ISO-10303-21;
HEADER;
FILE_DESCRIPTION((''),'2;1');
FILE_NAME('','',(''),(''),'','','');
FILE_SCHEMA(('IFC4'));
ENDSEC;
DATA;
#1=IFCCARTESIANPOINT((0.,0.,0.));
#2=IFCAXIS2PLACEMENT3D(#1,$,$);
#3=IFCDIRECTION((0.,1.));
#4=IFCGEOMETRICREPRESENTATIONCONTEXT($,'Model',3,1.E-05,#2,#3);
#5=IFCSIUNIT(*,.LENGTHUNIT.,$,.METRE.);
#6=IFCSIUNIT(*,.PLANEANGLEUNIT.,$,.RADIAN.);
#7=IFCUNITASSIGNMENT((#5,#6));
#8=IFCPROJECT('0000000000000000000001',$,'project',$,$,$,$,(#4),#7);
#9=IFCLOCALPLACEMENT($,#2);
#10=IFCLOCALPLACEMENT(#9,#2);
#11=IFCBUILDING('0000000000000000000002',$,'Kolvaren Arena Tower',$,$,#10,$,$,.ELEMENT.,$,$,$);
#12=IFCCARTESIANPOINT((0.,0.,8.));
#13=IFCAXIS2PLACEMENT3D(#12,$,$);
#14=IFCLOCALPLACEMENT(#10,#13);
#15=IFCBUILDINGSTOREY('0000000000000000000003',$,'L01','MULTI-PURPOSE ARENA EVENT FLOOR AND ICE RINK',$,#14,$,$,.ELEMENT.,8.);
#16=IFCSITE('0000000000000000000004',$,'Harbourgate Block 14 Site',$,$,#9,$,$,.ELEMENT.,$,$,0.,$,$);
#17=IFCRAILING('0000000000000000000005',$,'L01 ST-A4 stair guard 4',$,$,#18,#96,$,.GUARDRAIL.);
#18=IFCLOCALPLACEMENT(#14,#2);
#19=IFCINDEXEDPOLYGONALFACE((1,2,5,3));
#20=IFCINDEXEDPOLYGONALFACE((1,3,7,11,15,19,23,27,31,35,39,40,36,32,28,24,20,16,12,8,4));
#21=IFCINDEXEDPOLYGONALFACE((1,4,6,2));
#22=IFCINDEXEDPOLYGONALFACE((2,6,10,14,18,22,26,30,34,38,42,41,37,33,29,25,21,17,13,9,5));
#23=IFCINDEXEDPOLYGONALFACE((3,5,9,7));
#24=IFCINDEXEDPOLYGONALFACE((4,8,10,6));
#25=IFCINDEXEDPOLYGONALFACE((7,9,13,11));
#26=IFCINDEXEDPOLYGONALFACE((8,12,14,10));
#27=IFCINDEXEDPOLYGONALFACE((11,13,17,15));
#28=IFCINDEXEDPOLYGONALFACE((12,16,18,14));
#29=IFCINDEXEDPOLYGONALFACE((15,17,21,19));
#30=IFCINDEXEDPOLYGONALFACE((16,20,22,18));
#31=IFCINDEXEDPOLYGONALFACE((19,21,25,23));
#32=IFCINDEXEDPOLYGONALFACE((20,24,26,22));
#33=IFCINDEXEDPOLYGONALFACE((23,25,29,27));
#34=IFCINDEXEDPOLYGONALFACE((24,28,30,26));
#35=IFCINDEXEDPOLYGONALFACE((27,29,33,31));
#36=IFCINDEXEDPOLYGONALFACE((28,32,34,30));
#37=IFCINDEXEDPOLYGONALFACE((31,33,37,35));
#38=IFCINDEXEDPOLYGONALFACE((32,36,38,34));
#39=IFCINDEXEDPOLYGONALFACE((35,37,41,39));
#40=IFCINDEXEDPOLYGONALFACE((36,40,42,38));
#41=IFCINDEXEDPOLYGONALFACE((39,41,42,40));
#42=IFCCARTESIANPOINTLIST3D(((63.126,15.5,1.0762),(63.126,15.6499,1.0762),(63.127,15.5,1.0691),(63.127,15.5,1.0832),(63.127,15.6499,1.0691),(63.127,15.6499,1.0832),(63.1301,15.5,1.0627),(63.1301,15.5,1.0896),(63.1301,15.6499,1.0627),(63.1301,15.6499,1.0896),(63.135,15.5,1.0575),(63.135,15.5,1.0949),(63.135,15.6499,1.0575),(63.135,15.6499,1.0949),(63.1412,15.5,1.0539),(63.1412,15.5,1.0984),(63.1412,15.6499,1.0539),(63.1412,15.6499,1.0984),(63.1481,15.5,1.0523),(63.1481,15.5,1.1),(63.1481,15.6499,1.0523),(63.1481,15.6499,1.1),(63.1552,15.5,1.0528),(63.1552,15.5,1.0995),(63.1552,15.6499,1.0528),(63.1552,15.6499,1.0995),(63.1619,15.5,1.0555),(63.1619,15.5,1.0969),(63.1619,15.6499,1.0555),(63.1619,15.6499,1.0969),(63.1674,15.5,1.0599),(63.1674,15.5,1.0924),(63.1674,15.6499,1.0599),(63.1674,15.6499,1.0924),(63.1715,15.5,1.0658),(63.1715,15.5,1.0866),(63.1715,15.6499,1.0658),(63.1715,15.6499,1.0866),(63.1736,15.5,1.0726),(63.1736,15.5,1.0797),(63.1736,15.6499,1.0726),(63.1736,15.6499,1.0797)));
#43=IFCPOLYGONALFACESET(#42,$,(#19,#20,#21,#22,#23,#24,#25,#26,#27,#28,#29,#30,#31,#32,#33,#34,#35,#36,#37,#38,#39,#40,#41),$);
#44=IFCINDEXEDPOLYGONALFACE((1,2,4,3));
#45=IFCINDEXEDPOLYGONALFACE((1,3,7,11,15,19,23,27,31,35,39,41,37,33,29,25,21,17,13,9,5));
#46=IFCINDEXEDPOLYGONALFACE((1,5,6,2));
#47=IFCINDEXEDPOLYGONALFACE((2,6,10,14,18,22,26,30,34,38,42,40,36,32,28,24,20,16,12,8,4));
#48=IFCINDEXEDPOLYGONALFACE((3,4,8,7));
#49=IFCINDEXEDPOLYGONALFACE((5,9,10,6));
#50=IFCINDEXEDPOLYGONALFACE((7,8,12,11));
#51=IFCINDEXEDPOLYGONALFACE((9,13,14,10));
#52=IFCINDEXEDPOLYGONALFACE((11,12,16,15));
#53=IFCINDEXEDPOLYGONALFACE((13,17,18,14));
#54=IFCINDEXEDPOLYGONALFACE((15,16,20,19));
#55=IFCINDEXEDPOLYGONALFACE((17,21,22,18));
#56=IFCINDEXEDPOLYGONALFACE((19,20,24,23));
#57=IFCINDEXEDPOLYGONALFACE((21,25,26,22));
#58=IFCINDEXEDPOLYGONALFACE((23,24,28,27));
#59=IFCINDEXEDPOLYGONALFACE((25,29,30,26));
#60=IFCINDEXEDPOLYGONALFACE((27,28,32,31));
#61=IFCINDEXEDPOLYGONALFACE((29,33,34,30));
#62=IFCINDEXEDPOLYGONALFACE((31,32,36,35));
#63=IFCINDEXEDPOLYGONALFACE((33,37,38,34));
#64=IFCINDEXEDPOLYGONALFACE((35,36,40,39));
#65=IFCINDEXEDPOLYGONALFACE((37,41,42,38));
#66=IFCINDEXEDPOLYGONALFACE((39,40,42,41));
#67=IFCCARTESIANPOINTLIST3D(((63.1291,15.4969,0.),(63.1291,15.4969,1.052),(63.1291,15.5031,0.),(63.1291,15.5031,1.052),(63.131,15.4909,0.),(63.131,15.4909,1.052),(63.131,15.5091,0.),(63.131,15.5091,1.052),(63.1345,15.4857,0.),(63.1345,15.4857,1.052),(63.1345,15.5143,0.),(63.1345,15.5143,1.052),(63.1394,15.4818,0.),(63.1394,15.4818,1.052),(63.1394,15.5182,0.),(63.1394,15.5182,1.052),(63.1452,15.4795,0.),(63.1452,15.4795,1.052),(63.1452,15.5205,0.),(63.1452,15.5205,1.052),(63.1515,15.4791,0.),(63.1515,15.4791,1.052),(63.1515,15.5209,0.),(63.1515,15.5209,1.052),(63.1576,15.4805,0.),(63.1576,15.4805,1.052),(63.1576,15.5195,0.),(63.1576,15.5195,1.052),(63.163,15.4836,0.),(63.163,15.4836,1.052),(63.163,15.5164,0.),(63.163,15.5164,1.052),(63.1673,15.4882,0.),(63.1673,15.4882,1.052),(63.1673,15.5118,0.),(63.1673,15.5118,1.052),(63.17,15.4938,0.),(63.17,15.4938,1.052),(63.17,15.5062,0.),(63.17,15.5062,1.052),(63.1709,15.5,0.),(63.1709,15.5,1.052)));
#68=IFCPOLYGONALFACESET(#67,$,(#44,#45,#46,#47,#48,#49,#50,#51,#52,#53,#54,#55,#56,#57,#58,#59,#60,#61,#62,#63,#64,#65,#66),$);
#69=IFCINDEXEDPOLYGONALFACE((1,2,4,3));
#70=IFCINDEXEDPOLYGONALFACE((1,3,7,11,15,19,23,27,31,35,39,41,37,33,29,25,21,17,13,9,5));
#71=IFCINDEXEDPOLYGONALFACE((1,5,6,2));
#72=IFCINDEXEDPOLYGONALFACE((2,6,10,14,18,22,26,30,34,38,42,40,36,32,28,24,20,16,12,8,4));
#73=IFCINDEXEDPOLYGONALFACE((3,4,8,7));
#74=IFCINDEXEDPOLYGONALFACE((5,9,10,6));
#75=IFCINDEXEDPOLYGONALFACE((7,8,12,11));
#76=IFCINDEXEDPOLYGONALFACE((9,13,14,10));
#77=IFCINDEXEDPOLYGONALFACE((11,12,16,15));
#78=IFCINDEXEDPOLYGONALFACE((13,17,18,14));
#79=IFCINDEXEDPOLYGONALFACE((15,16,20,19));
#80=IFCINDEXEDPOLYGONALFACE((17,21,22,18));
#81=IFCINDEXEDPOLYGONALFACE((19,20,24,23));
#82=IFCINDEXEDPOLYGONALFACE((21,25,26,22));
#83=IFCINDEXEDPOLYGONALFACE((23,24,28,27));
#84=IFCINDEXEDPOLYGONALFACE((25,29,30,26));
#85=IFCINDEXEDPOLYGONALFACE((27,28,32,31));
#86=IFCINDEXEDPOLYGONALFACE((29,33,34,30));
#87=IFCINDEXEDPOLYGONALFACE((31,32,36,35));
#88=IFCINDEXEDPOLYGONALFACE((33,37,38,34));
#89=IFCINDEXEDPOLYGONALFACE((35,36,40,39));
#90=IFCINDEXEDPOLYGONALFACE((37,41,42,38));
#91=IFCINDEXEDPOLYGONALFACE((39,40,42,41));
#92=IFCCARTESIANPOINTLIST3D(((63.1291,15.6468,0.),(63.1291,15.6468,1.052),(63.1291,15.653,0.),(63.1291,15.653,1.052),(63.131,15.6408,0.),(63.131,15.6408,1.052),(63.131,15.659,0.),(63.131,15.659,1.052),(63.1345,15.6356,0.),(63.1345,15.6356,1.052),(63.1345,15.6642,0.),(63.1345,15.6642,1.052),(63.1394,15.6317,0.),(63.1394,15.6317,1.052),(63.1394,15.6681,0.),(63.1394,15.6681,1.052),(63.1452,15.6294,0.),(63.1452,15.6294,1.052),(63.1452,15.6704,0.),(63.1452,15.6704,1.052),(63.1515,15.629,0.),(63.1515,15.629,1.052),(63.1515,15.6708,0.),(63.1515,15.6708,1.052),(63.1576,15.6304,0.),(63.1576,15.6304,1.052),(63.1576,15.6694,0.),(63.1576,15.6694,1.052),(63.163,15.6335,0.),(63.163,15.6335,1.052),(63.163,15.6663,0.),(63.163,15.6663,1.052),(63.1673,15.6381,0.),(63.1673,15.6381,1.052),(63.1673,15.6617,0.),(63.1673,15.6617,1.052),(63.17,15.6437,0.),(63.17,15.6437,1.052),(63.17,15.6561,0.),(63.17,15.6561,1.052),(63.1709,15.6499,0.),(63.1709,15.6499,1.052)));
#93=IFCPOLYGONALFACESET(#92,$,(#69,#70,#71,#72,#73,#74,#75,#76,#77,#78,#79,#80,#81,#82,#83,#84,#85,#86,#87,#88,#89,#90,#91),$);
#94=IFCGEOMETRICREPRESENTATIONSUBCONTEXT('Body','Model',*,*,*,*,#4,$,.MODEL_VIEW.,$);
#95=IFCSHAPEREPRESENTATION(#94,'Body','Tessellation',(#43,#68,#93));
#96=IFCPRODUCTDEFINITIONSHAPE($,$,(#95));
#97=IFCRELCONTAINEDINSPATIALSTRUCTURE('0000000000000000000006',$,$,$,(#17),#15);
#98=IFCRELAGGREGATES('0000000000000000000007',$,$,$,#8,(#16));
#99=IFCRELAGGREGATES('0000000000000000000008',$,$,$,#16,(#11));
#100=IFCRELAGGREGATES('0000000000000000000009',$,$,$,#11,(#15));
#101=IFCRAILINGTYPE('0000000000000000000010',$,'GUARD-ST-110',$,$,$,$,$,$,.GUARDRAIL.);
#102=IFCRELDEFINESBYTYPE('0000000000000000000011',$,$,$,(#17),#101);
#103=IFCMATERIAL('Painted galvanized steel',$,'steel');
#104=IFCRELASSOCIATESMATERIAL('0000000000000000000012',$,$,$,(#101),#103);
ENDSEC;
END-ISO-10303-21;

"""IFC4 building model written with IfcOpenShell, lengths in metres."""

from ifc_helpers import new_model, si_unit, direction, frame, origin, origin_2d, place, context, subcontext, project, spatial, circle, extrude, material, type_object, element, save


model = new_model("IFC4")

# Units and contexts
model_context = context("Model", 3, precision=1e-05, world=origin(), true_north=direction((0.0, 1.0)))
body_context = subcontext(model_context, "Body", "Model", "MODEL_VIEW")
ifc_project = project(units=[si_unit("LENGTHUNIT", "METRE"), si_unit("PLANEANGLEUNIT", "RADIAN")], contexts=[model_context])

# Site, building, storey
site_placement = place(None, origin())
site = spatial("IfcSite", under=ifc_project, at=site_placement, Name="Harbourgate Block 14 Site", CompositionType="ELEMENT", RefElevation=0.0)
building_placement = place(site_placement, origin())
building = spatial("IfcBuilding", under=site, at=building_placement, Name="Kolvaren Arena Tower", CompositionType="ELEMENT")
storey_placement = place(building_placement, frame((0.0, 0.0, 8.0)))
storey = spatial("IfcBuildingStorey", under=building, at=storey_placement, Name="L01", Description="MULTI-PURPOSE ARENA EVENT FLOOR AND ICE RINK", CompositionType="ELEMENT", Elevation=8.0)

# Railing
ifc_material_1 = material(Name="Painted galvanized steel", Category="steel")
railing_type_1 = type_object("IfcRailingType", Name="GUARD-ST-110", PredefinedType="GUARDRAIL", material=ifc_material_1)
railing_1_placement = place(storey_placement, frame((63.1499, 15.5, 0.0)))
element("IfcRailing", 1, at=railing_1_placement, inside=storey, type_object=railing_type_1, Name="L01 ST-A4 stair guard 4", PredefinedType="GUARDRAIL", context=body_context, shape_type="SweptSolid", body=[
    extrude(circle(Radius=0.0239, at=origin_2d()), frame((0.0, 0.0, 1.0762), z_axis=(0.0, 1.0, 0.0), x_axis=(-1.0, 0.0, 0.0)), (0.0, 0.0, 1.0), 0.1499),
    extrude(circle(Radius=0.021, at=origin_2d()), origin(), (0.0, 0.0, 1.0), 1.052),
    extrude(circle(Radius=0.021, at=origin_2d()), frame((0.0, 0.1499, 0.0)), (0.0, 0.0, 1.0), 1.052),
])

save(model, "model.ifc")
